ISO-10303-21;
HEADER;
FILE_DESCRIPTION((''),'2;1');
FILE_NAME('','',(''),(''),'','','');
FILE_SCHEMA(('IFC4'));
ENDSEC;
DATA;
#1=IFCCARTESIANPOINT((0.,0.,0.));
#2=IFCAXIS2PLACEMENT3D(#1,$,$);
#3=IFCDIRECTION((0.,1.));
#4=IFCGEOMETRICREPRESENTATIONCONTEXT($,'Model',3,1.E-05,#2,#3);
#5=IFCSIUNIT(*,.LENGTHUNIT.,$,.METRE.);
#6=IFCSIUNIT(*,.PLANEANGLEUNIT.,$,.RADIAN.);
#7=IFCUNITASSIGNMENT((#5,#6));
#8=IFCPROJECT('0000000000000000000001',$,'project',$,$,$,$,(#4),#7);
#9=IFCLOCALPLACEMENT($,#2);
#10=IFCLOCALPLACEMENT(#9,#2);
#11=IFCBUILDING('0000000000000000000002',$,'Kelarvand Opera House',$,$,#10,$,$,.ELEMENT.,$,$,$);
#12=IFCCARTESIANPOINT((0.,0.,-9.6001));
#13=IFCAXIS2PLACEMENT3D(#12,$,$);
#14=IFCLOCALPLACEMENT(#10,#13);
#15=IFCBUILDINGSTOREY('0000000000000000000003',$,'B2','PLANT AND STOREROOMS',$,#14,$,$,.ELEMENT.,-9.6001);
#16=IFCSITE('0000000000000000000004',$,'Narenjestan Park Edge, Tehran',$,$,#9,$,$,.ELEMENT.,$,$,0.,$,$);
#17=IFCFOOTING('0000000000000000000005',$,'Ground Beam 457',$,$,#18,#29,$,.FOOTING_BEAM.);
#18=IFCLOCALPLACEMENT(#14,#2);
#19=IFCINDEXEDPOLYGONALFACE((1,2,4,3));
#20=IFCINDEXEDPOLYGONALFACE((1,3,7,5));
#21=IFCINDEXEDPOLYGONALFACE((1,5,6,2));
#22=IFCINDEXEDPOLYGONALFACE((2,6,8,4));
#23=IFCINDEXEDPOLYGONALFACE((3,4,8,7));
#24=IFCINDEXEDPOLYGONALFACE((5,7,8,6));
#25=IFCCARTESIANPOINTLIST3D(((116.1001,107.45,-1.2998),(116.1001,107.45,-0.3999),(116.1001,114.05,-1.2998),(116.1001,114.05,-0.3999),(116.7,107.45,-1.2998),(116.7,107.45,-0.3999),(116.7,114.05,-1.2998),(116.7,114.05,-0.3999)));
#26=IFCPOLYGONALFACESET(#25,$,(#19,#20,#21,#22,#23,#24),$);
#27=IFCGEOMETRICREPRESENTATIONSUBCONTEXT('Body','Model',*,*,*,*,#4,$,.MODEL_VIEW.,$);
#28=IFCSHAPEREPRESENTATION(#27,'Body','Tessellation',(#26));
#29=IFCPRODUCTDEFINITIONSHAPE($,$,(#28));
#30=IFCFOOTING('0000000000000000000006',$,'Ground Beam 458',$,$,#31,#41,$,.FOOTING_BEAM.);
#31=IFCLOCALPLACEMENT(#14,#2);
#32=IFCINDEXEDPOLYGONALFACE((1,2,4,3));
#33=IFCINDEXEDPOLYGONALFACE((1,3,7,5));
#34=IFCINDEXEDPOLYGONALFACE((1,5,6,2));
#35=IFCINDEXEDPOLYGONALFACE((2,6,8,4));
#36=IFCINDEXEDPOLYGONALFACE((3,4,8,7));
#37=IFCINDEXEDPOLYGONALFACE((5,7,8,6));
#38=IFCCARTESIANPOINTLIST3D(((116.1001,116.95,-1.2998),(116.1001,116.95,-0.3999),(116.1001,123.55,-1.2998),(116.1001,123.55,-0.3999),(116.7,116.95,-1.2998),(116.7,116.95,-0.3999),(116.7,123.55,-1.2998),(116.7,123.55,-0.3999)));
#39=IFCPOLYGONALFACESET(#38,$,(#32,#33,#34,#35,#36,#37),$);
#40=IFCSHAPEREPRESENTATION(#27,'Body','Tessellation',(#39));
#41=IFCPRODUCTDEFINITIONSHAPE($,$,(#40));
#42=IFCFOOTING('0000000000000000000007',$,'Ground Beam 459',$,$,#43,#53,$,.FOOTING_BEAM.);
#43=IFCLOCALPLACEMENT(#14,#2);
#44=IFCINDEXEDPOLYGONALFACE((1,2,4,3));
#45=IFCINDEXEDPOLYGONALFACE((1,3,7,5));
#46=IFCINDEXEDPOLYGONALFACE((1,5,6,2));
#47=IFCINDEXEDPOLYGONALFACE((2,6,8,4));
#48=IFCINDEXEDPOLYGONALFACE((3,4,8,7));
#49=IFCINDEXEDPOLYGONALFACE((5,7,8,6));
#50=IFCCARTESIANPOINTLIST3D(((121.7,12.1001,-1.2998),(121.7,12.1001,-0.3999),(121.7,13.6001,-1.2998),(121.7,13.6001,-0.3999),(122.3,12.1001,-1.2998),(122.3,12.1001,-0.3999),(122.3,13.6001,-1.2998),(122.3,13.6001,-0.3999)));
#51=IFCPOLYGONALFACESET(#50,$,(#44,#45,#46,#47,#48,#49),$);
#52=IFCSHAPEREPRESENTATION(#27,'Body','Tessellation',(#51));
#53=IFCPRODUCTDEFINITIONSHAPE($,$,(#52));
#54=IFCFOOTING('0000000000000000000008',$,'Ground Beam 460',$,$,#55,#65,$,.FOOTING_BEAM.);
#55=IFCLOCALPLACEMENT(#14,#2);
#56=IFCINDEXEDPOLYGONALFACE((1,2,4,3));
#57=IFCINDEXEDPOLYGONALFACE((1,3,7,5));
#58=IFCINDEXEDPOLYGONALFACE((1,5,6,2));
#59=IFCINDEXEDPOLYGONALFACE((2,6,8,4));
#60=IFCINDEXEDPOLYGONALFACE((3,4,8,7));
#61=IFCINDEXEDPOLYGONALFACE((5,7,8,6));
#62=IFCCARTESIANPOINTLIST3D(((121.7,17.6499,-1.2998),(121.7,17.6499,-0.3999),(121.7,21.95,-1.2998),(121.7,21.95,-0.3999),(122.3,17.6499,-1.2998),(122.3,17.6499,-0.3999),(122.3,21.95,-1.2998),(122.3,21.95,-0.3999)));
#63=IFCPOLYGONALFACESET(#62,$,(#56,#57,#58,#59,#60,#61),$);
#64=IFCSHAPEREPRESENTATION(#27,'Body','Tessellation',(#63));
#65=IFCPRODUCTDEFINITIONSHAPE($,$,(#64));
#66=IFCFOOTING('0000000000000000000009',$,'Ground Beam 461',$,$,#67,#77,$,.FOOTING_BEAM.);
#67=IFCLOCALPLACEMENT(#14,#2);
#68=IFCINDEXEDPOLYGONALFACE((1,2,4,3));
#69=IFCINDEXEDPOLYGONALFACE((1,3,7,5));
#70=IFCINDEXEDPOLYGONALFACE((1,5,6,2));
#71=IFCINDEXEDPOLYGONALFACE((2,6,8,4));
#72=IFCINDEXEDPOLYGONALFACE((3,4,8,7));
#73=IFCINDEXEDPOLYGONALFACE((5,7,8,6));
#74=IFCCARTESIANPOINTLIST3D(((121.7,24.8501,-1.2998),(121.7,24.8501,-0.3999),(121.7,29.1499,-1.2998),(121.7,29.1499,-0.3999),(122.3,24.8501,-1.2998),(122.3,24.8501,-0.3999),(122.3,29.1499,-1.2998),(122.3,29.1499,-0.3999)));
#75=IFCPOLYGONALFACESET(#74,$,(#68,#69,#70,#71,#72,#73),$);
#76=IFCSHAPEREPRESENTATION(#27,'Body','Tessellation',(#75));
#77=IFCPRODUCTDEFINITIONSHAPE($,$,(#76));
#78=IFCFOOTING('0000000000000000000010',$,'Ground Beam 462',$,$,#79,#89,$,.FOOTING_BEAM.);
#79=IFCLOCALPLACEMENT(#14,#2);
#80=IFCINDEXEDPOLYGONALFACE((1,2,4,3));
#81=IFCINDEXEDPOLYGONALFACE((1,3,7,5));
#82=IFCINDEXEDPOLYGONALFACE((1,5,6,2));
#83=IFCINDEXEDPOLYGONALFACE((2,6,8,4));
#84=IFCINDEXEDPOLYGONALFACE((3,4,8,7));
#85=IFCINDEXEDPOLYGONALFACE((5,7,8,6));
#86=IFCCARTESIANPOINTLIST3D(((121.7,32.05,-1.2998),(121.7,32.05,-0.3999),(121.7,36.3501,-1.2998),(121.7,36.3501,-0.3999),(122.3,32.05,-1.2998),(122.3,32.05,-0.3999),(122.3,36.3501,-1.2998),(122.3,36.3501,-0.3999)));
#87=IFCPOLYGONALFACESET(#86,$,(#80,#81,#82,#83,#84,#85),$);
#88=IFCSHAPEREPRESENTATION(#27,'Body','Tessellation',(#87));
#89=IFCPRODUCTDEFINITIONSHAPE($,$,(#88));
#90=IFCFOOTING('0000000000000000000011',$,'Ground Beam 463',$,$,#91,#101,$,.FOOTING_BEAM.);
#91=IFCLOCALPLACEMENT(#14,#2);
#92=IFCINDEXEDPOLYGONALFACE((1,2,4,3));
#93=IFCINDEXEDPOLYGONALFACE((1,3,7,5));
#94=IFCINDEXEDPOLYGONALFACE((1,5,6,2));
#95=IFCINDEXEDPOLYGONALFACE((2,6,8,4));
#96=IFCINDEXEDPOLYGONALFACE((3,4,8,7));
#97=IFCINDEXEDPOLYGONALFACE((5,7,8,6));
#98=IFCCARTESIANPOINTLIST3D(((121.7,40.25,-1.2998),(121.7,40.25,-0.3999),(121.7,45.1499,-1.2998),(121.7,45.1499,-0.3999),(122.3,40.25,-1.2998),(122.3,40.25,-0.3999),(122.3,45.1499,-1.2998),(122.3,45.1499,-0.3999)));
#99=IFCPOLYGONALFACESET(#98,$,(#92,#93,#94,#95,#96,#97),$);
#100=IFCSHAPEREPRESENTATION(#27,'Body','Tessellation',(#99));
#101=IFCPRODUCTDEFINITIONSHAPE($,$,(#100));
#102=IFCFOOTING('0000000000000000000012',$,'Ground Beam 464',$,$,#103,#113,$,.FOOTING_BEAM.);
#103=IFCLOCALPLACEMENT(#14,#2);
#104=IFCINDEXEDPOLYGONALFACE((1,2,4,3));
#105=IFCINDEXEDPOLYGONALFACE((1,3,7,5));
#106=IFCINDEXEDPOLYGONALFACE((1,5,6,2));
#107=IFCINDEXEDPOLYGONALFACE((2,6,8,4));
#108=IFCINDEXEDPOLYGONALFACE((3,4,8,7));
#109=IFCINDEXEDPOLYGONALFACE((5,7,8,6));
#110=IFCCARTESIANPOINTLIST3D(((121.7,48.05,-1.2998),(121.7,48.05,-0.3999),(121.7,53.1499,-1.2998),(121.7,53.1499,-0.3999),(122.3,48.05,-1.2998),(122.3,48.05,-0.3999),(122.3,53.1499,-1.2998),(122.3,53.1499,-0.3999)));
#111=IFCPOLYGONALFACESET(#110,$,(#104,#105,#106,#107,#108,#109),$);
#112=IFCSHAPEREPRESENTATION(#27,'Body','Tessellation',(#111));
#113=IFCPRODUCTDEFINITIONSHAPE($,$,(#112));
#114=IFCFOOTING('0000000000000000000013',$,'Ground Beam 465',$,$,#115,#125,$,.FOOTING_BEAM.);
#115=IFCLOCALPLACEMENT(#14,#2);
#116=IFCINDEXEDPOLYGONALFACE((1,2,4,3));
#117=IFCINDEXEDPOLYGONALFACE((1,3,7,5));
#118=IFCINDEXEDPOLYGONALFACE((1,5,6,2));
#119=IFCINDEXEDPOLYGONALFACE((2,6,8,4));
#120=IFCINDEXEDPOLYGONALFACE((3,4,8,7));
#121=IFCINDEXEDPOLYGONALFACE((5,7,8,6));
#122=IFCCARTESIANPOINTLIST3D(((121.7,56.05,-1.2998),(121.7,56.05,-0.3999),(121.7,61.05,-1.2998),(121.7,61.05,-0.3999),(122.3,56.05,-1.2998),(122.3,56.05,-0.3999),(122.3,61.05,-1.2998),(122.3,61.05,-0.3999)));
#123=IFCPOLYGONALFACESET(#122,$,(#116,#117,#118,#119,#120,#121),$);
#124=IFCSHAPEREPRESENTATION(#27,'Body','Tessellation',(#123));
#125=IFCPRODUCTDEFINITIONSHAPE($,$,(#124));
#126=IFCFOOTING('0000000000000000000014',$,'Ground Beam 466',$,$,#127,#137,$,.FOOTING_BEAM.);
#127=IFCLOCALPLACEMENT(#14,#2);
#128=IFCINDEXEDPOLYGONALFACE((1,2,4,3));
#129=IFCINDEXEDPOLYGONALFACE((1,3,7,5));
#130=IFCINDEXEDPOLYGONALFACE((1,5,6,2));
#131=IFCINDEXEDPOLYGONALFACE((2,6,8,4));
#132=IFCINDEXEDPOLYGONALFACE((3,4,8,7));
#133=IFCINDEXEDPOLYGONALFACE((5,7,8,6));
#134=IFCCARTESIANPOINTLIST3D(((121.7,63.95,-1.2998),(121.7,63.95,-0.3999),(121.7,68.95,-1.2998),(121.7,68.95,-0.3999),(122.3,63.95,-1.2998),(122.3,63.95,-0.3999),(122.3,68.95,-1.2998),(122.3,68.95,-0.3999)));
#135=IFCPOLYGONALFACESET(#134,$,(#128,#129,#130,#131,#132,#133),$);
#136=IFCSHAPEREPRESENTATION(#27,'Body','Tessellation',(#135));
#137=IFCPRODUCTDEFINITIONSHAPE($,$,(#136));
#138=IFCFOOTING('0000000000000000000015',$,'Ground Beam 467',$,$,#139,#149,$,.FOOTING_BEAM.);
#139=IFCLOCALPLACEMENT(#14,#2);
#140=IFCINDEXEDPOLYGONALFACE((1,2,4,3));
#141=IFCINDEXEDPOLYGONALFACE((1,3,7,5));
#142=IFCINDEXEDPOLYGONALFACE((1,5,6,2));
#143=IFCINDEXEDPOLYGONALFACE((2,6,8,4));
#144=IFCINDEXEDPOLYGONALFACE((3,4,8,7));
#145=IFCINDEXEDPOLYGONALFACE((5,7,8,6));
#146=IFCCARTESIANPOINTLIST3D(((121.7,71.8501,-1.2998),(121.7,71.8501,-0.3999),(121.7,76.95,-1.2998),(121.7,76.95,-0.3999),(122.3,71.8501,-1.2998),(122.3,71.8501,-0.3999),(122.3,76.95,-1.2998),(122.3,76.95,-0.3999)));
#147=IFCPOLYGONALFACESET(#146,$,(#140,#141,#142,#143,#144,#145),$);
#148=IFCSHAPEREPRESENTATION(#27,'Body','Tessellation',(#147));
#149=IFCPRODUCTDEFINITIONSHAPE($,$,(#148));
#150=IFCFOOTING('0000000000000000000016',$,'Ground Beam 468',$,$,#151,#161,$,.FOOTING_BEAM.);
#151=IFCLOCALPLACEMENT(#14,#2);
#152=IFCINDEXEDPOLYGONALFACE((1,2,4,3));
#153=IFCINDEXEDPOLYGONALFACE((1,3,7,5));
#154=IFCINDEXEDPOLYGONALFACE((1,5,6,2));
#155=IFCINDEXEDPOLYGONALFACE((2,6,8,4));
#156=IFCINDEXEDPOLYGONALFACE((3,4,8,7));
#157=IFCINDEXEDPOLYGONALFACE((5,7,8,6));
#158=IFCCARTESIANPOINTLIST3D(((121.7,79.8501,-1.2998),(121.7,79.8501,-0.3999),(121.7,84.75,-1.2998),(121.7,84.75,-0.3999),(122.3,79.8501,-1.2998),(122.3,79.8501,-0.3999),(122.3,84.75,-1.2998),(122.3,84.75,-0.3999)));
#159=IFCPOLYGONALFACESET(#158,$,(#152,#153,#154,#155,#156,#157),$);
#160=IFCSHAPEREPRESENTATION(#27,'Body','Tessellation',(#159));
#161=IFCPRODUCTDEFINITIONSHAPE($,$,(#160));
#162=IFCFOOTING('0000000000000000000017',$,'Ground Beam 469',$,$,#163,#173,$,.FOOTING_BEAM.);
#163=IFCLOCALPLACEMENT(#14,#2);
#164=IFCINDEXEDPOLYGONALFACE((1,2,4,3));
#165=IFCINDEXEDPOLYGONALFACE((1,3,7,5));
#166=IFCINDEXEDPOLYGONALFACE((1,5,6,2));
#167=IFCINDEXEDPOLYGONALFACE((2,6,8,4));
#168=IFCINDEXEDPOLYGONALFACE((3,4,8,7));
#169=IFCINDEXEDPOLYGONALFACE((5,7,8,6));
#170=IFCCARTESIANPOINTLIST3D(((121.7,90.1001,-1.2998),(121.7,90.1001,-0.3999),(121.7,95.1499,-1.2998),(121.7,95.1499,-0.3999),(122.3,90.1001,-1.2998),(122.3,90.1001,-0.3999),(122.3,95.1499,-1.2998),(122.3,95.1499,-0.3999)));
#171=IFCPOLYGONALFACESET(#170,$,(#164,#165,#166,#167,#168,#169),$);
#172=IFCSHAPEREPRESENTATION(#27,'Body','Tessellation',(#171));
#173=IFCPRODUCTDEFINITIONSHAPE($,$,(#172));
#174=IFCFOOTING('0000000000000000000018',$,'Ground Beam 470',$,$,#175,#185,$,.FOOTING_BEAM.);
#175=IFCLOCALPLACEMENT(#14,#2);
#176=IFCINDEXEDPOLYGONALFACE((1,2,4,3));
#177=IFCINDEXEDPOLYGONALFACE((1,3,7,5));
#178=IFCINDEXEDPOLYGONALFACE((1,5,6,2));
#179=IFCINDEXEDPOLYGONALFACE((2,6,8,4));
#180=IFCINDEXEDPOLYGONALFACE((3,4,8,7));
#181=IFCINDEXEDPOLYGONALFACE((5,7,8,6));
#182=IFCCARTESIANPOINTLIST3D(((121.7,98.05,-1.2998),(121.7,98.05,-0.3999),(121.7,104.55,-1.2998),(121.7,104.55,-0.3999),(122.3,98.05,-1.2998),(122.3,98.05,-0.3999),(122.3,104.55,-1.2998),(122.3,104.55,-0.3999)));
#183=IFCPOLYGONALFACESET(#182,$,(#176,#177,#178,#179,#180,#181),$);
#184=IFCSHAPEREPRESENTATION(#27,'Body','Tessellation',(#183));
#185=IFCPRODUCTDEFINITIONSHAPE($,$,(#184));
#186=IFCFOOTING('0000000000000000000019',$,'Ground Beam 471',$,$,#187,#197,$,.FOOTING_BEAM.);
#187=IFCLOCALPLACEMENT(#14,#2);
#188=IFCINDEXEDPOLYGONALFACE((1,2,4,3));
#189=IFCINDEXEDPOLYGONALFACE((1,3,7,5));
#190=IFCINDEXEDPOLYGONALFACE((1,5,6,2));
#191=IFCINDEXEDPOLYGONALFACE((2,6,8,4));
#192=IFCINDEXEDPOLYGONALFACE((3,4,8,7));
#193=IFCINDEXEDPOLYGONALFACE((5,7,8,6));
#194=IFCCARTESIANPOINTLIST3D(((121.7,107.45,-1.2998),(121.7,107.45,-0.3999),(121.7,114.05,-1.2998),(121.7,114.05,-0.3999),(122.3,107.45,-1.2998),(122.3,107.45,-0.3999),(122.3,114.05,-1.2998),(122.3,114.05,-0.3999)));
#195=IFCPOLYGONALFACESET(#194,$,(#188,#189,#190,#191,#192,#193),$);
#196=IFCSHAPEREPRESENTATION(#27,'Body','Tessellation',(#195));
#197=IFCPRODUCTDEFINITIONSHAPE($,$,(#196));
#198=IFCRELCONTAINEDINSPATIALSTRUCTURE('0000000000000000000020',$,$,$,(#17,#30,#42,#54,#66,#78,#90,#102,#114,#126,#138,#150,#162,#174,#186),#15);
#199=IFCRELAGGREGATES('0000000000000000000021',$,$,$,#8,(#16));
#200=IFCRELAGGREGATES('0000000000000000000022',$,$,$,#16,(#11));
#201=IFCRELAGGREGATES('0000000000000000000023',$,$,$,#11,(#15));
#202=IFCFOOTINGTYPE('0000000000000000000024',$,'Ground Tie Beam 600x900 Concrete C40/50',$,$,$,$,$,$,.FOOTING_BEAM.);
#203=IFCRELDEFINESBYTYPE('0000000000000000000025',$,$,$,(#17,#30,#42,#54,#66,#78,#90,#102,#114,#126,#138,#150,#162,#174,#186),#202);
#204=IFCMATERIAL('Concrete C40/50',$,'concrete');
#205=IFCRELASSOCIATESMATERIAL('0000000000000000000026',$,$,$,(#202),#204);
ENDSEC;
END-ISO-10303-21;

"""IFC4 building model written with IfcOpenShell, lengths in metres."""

from ifc_helpers import new_model, si_unit, direction, frame, origin, place, context, subcontext, project, spatial, polyline, outline, extrude, material, type_object, element, save


model = new_model("IFC4")

# Units and contexts
model_context = context("Model", 3, precision=1e-05, world=origin(), true_north=direction((0.0, 1.0)))
body_context = subcontext(model_context, "Body", "Model", "MODEL_VIEW")
ifc_project = project(units=[si_unit("LENGTHUNIT", "METRE"), si_unit("PLANEANGLEUNIT", "RADIAN")], contexts=[model_context])

# Site, building, storey
site_placement = place(None, origin())
site = spatial("IfcSite", under=ifc_project, at=site_placement, Name="Narenjestan Park Edge, Tehran", CompositionType="ELEMENT", RefElevation=0.0)
building_placement = place(site_placement, origin())
building = spatial("IfcBuilding", under=site, at=building_placement, Name="Kelarvand Opera House", CompositionType="ELEMENT")
storey_placement = place(building_placement, frame((0.0, 0.0, -9.6001)))
storey = spatial("IfcBuildingStorey", under=building, at=storey_placement, Name="B2", Description="PLANT AND STOREROOMS", CompositionType="ELEMENT", Elevation=-9.6001)

# Footings
ifc_material = material(Name="Concrete C40/50", Category="concrete")
footing_type = type_object("IfcFootingType", Name="Ground Tie Beam 600x900 Concrete C40/50", PredefinedType="FOOTING_BEAM", material=ifc_material)
footing_1_placement = place(storey_placement, frame((0.0, 0.0, -1.2998)))
element("IfcFooting", 1, at=footing_1_placement, inside=storey, type_object=footing_type, Name="Ground Beam 457", PredefinedType="FOOTING_BEAM", context=body_context, shape_type="SweptSolid", body=[
    extrude(outline(polyline([(116.1001, 107.45), (116.7, 107.45), (116.7, 114.05), (116.1001, 114.05), (116.1001, 107.45)])), origin(), (0.0, 0.0, 1.0), 0.8999),
])
footing_2_placement = place(storey_placement, frame((0.0, 0.0, -1.2998)))
element("IfcFooting", 2, at=footing_2_placement, inside=storey, type_object=footing_type, Name="Ground Beam 458", PredefinedType="FOOTING_BEAM", context=body_context, shape_type="SweptSolid", body=[
    extrude(outline(polyline([(116.1001, 116.95), (116.7, 116.95), (116.7, 123.55), (116.1001, 123.55), (116.1001, 116.95)])), origin(), (0.0, 0.0, 1.0), 0.8999),
])
footing_3_placement = place(storey_placement, frame((0.0, 0.0, -1.2998)))
element("IfcFooting", 3, at=footing_3_placement, inside=storey, type_object=footing_type, Name="Ground Beam 459", PredefinedType="FOOTING_BEAM", context=body_context, shape_type="SweptSolid", body=[
    extrude(outline(polyline([(121.7, 12.1001), (122.3, 12.1001), (122.3, 13.6001), (121.7, 13.6001), (121.7, 12.1001)])), origin(), (0.0, 0.0, 1.0), 0.8999),
])
footing_4_placement = place(storey_placement, frame((0.0, 0.0, -1.2998)))
element("IfcFooting", 4, at=footing_4_placement, inside=storey, type_object=footing_type, Name="Ground Beam 460", PredefinedType="FOOTING_BEAM", context=body_context, shape_type="SweptSolid", body=[
    extrude(outline(polyline([(121.7, 17.6499), (122.3, 17.6499), (122.3, 21.95), (121.7, 21.95), (121.7, 17.6499)])), origin(), (0.0, 0.0, 1.0), 0.8999),
])
footing_5_placement = place(storey_placement, frame((0.0, 0.0, -1.2998)))
element("IfcFooting", 5, at=footing_5_placement, inside=storey, type_object=footing_type, Name="Ground Beam 461", PredefinedType="FOOTING_BEAM", context=body_context, shape_type="SweptSolid", body=[
    extrude(outline(polyline([(121.7, 24.8501), (122.3, 24.8501), (122.3, 29.1499), (121.7, 29.1499), (121.7, 24.8501)])), origin(), (0.0, 0.0, 1.0), 0.8999),
])
footing_6_placement = place(storey_placement, frame((0.0, 0.0, -1.2998)))
element("IfcFooting", 6, at=footing_6_placement, inside=storey, type_object=footing_type, Name="Ground Beam 462", PredefinedType="FOOTING_BEAM", context=body_context, shape_type="SweptSolid", body=[
    extrude(outline(polyline([(121.7, 32.05), (122.3, 32.05), (122.3, 36.3501), (121.7, 36.3501), (121.7, 32.05)])), origin(), (0.0, 0.0, 1.0), 0.8999),
])
footing_7_placement = place(storey_placement, frame((0.0, 0.0, -1.2998)))
element("IfcFooting", 7, at=footing_7_placement, inside=storey, type_object=footing_type, Name="Ground Beam 463", PredefinedType="FOOTING_BEAM", context=body_context, shape_type="SweptSolid", body=[
    extrude(outline(polyline([(121.7, 40.25), (122.3, 40.25), (122.3, 45.1499), (121.7, 45.1499), (121.7, 40.25)])), origin(), (0.0, 0.0, 1.0), 0.8999),
])
footing_8_placement = place(storey_placement, frame((0.0, 0.0, -1.2998)))
element("IfcFooting", 8, at=footing_8_placement, inside=storey, type_object=footing_type, Name="Ground Beam 464", PredefinedType="FOOTING_BEAM", context=body_context, shape_type="SweptSolid", body=[
    extrude(outline(polyline([(121.7, 48.05), (122.3, 48.05), (122.3, 53.1499), (121.7, 53.1499), (121.7, 48.05)])), origin(), (0.0, 0.0, 1.0), 0.8999),
])
footing_9_placement = place(storey_placement, frame((0.0, 0.0, -1.2998)))
element("IfcFooting", 9, at=footing_9_placement, inside=storey, type_object=footing_type, Name="Ground Beam 465", PredefinedType="FOOTING_BEAM", context=body_context, shape_type="SweptSolid", body=[
    extrude(outline(polyline([(121.7, 56.05), (122.3, 56.05), (122.3, 61.05), (121.7, 61.05), (121.7, 56.05)])), origin(), (0.0, 0.0, 1.0), 0.8999),
])
footing_10_placement = place(storey_placement, frame((0.0, 0.0, -1.2998)))
element("IfcFooting", 10, at=footing_10_placement, inside=storey, type_object=footing_type, Name="Ground Beam 466", PredefinedType="FOOTING_BEAM", context=body_context, shape_type="SweptSolid", body=[
    extrude(outline(polyline([(121.7, 63.95), (122.3, 63.95), (122.3, 68.95), (121.7, 68.95), (121.7, 63.95)])), origin(), (0.0, 0.0, 1.0), 0.8999),
])
footing_11_placement = place(storey_placement, frame((0.0, 0.0, -1.2998)))
element("IfcFooting", 11, at=footing_11_placement, inside=storey, type_object=footing_type, Name="Ground Beam 467", PredefinedType="FOOTING_BEAM", context=body_context, shape_type="SweptSolid", body=[
    extrude(outline(polyline([(121.7, 71.8501), (122.3, 71.8501), (122.3, 76.95), (121.7, 76.95), (121.7, 71.8501)])), origin(), (0.0, 0.0, 1.0), 0.8999),
])
footing_12_placement = place(storey_placement, frame((0.0, 0.0, -1.2998)))
element("IfcFooting", 12, at=footing_12_placement, inside=storey, type_object=footing_type, Name="Ground Beam 468", PredefinedType="FOOTING_BEAM", context=body_context, shape_type="SweptSolid", body=[
    extrude(outline(polyline([(121.7, 79.8501), (122.3, 79.8501), (122.3, 84.75), (121.7, 84.75), (121.7, 79.8501)])), origin(), (0.0, 0.0, 1.0), 0.8999),
])
footing_13_placement = place(storey_placement, frame((0.0, 0.0, -1.2998)))
element("IfcFooting", 13, at=footing_13_placement, inside=storey, type_object=footing_type, Name="Ground Beam 469", PredefinedType="FOOTING_BEAM", context=body_context, shape_type="SweptSolid", body=[
    extrude(outline(polyline([(121.7, 90.1001), (122.3, 90.1001), (122.3, 95.1499), (121.7, 95.1499), (121.7, 90.1001)])), origin(), (0.0, 0.0, 1.0), 0.8999),
])
footing_14_placement = place(storey_placement, frame((0.0, 0.0, -1.2998)))
element("IfcFooting", 14, at=footing_14_placement, inside=storey, type_object=footing_type, Name="Ground Beam 470", PredefinedType="FOOTING_BEAM", context=body_context, shape_type="SweptSolid", body=[
    extrude(outline(polyline([(121.7, 98.05), (122.3, 98.05), (122.3, 104.55), (121.7, 104.55), (121.7, 98.05)])), origin(), (0.0, 0.0, 1.0), 0.8999),
])
footing_15_placement = place(storey_placement, frame((0.0, 0.0, -1.2998)))
element("IfcFooting", 15, at=footing_15_placement, inside=storey, type_object=footing_type, Name="Ground Beam 471", PredefinedType="FOOTING_BEAM", context=body_context, shape_type="SweptSolid", body=[
    extrude(outline(polyline([(121.7, 107.45), (122.3, 107.45), (122.3, 114.05), (121.7, 114.05), (121.7, 107.45)])), origin(), (0.0, 0.0, 1.0), 0.8999),
])

save(model, "model.ifc")
